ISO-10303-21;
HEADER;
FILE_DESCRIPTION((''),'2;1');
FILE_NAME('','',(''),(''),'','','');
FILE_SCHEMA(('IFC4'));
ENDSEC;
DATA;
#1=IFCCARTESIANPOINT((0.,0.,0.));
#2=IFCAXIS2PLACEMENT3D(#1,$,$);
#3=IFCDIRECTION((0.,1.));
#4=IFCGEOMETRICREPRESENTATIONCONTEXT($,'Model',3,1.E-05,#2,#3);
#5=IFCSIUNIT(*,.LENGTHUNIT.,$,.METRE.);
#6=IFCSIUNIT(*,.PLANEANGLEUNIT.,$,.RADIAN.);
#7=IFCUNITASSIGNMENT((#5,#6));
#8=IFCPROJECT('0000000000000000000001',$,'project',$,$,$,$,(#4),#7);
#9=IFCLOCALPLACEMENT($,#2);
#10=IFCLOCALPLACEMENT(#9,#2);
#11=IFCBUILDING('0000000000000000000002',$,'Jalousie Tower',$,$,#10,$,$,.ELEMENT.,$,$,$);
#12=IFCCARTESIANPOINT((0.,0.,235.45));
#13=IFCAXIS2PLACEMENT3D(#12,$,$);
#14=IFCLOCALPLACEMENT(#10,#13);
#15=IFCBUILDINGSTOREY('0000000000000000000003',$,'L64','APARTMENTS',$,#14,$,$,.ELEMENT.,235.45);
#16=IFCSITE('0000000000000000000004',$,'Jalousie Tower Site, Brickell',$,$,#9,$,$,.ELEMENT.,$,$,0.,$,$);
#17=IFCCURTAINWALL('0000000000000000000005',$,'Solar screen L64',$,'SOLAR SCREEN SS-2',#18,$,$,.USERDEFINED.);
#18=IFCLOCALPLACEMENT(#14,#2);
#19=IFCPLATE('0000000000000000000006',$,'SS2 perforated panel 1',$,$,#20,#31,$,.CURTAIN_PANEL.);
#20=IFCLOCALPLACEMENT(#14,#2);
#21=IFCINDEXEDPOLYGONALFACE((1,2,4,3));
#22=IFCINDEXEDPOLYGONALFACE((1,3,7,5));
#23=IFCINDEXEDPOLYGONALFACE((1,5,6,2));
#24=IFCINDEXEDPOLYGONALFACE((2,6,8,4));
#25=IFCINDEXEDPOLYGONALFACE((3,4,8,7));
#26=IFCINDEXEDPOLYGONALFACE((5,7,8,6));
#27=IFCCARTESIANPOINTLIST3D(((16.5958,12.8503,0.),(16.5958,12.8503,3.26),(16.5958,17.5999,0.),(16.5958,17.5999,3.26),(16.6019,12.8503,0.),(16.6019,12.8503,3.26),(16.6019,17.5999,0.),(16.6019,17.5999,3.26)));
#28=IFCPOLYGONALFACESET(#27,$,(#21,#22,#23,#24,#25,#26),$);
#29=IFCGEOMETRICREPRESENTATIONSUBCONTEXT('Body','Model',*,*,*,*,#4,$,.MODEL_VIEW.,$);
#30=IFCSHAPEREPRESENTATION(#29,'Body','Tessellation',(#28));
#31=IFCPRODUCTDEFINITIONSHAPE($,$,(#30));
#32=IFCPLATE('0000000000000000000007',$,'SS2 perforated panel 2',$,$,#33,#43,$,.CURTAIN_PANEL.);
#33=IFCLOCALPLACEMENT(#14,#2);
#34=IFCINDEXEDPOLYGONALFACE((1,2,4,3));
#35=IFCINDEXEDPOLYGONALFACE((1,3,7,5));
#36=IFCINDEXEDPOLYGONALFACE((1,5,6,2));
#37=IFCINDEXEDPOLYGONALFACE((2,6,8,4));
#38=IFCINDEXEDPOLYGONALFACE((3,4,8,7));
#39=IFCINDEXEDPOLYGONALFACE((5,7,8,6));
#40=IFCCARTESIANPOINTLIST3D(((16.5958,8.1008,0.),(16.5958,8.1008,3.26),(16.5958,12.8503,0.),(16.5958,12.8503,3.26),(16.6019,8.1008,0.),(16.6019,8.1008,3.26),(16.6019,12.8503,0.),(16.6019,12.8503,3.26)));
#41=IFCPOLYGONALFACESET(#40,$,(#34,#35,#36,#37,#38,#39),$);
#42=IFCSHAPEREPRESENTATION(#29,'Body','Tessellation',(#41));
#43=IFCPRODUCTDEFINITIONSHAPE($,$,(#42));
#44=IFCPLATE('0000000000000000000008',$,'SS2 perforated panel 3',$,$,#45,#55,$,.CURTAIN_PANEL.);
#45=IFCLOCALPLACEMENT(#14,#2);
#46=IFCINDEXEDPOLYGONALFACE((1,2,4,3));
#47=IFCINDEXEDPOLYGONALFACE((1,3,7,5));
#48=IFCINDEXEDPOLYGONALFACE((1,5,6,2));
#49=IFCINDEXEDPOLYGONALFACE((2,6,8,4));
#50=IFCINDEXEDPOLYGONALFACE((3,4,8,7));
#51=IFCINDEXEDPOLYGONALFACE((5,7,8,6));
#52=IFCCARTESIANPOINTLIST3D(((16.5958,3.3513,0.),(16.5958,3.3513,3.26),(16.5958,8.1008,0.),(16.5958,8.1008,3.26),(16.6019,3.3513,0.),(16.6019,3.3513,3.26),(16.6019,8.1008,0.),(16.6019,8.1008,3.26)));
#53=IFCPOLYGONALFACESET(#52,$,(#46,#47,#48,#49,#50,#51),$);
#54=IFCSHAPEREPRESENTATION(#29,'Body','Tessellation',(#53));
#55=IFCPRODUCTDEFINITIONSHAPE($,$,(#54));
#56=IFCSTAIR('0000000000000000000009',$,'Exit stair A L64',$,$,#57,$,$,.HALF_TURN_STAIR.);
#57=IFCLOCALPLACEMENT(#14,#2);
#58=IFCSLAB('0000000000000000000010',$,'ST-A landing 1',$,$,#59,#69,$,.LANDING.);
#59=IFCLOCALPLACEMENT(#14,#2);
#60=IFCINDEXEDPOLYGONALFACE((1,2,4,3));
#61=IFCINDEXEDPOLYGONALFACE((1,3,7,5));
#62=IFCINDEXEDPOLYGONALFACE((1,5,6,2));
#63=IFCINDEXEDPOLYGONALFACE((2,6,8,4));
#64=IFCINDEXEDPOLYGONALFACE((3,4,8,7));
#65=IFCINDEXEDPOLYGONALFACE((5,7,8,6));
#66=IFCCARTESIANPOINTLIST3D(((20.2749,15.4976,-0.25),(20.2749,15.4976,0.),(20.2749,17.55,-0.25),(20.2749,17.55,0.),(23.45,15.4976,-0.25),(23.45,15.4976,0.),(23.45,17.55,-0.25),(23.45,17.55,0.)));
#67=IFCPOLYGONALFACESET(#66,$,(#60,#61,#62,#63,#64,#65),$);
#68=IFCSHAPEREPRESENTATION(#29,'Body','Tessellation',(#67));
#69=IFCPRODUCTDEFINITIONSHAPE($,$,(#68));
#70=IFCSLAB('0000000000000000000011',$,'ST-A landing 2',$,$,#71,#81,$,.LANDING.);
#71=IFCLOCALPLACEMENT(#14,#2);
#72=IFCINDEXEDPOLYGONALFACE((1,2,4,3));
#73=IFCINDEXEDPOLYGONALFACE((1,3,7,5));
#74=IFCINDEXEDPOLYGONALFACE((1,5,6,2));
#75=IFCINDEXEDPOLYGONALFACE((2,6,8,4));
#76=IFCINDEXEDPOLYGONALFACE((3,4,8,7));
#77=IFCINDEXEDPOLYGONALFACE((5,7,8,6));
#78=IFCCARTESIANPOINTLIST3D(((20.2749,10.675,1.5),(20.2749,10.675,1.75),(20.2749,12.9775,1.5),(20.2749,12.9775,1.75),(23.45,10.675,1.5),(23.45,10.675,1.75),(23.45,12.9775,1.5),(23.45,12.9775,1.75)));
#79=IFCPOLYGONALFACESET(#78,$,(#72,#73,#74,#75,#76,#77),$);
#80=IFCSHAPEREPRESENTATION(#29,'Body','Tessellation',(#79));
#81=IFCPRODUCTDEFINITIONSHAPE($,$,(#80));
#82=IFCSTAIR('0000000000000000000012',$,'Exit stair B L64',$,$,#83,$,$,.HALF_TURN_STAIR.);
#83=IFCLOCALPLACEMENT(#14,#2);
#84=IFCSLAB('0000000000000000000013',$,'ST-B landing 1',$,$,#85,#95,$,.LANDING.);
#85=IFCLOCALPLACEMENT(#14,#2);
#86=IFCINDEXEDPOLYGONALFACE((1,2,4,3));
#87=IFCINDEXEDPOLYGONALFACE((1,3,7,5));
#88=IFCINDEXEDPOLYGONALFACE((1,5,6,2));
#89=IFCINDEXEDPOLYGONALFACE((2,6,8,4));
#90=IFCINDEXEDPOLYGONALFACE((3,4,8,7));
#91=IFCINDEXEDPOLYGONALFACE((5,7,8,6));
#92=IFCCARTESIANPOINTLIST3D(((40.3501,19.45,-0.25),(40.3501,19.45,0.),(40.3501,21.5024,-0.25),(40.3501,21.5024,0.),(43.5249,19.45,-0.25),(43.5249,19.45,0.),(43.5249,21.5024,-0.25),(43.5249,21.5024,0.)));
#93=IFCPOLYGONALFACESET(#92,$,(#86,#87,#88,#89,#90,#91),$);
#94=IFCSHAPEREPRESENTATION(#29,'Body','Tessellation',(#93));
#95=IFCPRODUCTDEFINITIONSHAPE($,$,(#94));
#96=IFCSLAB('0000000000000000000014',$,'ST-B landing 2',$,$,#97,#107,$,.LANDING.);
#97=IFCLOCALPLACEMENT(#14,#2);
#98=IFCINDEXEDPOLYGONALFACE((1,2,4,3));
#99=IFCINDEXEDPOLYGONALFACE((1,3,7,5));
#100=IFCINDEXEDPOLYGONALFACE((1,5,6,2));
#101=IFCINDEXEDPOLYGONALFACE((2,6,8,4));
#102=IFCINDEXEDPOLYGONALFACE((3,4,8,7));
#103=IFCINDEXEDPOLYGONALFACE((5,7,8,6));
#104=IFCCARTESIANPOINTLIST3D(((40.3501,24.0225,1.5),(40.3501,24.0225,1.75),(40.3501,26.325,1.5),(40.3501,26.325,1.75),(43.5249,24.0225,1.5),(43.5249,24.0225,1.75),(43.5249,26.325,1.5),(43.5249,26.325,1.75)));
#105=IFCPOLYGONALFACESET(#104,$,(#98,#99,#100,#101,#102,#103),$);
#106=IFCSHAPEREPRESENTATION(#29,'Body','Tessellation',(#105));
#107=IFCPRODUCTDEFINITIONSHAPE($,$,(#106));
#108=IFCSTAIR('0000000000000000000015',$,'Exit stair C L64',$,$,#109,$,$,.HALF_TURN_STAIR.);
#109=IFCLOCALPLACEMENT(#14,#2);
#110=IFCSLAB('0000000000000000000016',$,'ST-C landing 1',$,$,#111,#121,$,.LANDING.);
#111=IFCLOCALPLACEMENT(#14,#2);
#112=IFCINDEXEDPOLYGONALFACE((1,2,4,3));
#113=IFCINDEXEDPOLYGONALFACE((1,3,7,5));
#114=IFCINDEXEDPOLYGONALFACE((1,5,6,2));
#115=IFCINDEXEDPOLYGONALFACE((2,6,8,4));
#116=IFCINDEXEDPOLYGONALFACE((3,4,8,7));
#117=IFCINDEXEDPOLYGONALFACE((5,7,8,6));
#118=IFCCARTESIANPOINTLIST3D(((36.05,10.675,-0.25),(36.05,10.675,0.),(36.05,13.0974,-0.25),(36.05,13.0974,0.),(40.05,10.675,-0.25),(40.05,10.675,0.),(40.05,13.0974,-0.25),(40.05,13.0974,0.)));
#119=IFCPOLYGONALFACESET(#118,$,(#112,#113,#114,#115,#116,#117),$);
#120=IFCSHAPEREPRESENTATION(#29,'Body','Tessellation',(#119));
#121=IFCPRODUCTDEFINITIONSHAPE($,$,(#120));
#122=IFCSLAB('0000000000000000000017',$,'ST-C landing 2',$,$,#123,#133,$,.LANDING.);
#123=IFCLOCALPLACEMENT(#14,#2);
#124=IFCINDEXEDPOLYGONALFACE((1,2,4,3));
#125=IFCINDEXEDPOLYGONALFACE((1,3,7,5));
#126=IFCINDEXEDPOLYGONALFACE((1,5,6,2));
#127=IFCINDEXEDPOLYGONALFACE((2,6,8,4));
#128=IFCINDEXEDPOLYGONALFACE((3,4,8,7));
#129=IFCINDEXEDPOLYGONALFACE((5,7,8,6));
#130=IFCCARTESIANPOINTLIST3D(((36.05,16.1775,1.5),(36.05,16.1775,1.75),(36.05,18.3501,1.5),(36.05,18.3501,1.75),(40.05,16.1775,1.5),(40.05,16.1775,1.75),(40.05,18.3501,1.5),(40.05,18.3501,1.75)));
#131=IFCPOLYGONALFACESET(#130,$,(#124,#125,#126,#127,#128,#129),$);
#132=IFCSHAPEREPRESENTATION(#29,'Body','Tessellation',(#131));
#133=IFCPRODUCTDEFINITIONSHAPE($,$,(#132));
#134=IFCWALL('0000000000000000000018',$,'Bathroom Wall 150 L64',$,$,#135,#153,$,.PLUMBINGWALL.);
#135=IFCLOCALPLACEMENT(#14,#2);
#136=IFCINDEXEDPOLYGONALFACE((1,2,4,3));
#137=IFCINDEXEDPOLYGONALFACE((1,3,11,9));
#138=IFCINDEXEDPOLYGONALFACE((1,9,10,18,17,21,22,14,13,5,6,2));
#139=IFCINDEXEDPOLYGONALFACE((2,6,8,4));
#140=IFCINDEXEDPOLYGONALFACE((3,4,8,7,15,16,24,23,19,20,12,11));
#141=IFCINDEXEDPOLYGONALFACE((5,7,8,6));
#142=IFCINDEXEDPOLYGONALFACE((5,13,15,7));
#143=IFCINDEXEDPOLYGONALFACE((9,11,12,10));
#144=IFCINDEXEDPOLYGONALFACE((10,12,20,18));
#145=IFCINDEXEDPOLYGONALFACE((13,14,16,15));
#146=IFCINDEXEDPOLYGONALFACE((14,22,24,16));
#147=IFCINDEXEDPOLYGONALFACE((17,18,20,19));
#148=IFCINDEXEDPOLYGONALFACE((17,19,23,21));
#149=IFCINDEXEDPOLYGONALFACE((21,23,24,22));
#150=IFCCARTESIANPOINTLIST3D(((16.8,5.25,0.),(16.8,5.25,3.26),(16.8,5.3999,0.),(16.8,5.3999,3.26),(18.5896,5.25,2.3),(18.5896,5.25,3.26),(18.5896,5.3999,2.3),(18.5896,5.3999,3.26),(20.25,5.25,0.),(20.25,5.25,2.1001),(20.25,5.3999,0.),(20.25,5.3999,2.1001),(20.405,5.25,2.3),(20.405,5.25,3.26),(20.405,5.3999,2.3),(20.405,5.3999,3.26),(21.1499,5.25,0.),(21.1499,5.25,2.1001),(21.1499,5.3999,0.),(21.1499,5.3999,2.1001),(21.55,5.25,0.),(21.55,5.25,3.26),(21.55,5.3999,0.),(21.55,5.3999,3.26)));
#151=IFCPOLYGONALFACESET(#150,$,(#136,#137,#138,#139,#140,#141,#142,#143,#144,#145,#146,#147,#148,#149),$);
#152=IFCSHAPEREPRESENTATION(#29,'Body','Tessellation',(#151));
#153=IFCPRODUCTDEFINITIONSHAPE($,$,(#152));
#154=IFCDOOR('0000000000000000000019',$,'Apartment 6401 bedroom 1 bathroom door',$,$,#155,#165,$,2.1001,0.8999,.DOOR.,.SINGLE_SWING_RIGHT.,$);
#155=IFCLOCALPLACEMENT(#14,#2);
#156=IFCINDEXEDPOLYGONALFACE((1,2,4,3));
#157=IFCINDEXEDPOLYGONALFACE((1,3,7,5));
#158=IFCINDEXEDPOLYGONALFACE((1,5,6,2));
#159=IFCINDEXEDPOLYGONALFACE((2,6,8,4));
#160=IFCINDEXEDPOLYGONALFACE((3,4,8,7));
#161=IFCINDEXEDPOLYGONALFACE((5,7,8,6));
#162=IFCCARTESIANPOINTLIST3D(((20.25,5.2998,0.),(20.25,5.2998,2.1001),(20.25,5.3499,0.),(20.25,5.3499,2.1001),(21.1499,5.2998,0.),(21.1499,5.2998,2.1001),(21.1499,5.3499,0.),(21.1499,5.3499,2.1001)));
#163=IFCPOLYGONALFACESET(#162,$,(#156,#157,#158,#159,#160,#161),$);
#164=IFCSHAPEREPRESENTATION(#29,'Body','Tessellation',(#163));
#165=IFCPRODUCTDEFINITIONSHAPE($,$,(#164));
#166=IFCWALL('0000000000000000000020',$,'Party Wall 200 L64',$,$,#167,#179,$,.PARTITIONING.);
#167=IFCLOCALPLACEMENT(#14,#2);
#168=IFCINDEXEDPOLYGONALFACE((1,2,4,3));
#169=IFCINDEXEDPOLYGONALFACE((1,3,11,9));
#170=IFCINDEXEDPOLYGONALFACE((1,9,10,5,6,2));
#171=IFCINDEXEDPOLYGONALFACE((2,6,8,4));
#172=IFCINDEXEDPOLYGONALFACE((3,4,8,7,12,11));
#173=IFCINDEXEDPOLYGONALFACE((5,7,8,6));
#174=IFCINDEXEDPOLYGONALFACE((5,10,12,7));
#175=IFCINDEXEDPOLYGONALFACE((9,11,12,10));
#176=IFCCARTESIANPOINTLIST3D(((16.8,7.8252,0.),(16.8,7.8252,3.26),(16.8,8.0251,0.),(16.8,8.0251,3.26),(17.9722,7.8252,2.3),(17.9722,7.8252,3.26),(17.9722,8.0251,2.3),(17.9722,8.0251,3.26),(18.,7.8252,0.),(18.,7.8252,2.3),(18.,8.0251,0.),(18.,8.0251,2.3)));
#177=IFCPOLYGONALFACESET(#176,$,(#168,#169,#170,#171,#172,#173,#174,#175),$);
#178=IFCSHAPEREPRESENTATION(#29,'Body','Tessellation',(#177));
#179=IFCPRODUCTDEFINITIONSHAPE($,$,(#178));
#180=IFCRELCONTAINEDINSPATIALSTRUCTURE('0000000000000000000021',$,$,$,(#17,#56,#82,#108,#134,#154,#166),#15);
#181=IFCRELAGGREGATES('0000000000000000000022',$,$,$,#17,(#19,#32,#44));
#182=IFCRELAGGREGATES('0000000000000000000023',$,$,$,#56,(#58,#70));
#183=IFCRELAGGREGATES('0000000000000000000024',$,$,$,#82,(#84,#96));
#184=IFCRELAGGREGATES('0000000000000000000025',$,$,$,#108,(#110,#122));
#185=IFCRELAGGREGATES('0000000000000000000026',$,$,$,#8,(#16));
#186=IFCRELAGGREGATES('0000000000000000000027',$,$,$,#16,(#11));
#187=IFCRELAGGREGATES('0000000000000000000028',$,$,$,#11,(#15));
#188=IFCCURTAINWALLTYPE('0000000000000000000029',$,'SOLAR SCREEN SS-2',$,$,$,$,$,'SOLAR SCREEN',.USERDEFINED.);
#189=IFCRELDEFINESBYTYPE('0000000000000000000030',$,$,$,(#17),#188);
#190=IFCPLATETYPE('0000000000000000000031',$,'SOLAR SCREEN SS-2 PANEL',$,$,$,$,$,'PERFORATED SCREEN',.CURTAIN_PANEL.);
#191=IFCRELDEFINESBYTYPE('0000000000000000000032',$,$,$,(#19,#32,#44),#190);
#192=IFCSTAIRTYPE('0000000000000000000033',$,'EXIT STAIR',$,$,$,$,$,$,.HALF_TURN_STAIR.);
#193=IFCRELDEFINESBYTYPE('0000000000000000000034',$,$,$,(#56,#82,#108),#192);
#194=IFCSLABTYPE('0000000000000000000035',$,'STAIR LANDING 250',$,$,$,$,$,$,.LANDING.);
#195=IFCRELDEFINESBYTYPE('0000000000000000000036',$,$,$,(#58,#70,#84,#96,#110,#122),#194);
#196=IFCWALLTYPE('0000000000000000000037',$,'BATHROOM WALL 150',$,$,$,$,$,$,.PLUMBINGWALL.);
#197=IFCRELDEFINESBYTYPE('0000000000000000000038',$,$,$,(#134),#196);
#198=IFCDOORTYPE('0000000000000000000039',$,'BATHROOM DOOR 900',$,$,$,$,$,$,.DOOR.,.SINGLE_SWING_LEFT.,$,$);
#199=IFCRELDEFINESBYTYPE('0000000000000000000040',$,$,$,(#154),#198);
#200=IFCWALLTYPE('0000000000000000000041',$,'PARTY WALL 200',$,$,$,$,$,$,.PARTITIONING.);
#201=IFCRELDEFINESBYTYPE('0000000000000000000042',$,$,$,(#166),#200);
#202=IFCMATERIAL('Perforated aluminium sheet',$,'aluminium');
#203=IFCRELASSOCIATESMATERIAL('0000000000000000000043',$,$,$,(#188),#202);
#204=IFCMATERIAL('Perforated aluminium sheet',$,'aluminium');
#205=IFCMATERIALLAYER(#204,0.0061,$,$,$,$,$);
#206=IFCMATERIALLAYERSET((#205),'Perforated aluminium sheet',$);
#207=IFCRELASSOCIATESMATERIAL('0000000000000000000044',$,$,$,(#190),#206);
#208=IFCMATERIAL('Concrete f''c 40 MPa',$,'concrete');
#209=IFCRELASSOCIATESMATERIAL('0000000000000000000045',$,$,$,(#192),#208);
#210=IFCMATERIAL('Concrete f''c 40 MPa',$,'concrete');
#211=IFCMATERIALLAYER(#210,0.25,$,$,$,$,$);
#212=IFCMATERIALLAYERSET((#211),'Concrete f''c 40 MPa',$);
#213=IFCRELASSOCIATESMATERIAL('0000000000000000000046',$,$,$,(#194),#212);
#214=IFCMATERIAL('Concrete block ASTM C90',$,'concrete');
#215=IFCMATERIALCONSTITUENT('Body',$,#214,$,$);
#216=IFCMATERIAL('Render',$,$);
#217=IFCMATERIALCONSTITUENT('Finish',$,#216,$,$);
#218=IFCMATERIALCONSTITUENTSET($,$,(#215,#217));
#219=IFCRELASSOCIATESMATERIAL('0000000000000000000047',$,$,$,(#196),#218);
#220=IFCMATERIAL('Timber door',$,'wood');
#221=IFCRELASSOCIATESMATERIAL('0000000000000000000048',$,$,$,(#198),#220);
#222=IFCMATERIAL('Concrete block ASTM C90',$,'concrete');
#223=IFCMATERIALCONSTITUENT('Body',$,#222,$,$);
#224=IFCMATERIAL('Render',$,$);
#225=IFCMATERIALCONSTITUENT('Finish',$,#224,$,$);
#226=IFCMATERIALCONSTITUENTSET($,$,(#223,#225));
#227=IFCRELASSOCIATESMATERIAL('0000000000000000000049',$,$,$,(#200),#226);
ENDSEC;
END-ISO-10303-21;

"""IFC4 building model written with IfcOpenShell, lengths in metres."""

from ifc_helpers import new_model, si_unit, direction, frame, frame_2d, origin, origin_2d, place, context, subcontext, project, spatial, polyline, rectangle, outline, extrude, material, layer, layer_set, constituent, constituent_set, type_object, element, fill, aggregate, save


model = new_model("IFC4")

# Units and contexts
model_context = context("Model", 3, precision=1e-05, world=origin(), true_north=direction((0.0, 1.0)))
body_context = subcontext(model_context, "Body", "Model", "MODEL_VIEW")
ifc_project = project(units=[si_unit("LENGTHUNIT", "METRE"), si_unit("PLANEANGLEUNIT", "RADIAN")], contexts=[model_context])

# Site, building, storey
site_placement = place(None, origin())
site = spatial("IfcSite", under=ifc_project, at=site_placement, Name="Jalousie Tower Site, Brickell", CompositionType="ELEMENT", RefElevation=0.0)
building_placement = place(site_placement, origin())
building = spatial("IfcBuilding", under=site, at=building_placement, Name="Jalousie Tower", CompositionType="ELEMENT")
storey_placement = place(building_placement, frame((0.0, 0.0, 235.45)))
storey = spatial("IfcBuildingStorey", under=building, at=storey_placement, Name="L64", Description="APARTMENTS", CompositionType="ELEMENT", Elevation=235.45)

# Curtain wall
ifc_material_1 = material(Name="Perforated aluminium sheet", Category="aluminium")
curtain_wall_type_1 = type_object("IfcCurtainWallType", Name="SOLAR SCREEN SS-2", ElementType="SOLAR SCREEN", PredefinedType="USERDEFINED", material=ifc_material_1)
curtain_wall_1_placement = place(storey_placement, origin())
curtain_wall_1 = element("IfcCurtainWall", 1, at=curtain_wall_1_placement, inside=storey, type_object=curtain_wall_type_1, Name="Solar screen L64", ObjectType="SOLAR SCREEN SS-2", PredefinedType="USERDEFINED")

# Plates
ifc_material_2 = material(Name="Perforated aluminium sheet", Category="aluminium")
ifc_layer_1 = layer(ifc_material_2, 0.0061)
ifc_layer_set_1 = layer_set([ifc_layer_1], Name="Perforated aluminium sheet")
plate_type = type_object("IfcPlateType", Name="SOLAR SCREEN SS-2 PANEL", ElementType="PERFORATED SCREEN", PredefinedType="CURTAIN_PANEL", material=ifc_layer_set_1)
plate_1_placement = place(storey_placement, frame((16.5989, 15.2251, 0.0), z_axis=(0.0, 0.0, 1.0), x_axis=(0.0, -1.0, 0.0)))
plate_1 = element("IfcPlate", 2, at=plate_1_placement, type_object=plate_type, Name="SS2 perforated panel 1", PredefinedType="CURTAIN_PANEL", context=body_context, shape_type="SweptSolid", body=[
    extrude(rectangle(XDim=4.7495, YDim=0.0061, at=origin_2d()), origin(), (0.0, 0.0, 1.0), 3.26),
])
plate_2_placement = place(storey_placement, frame((16.5989, 10.4756, 0.0), z_axis=(0.0, 0.0, 1.0), x_axis=(0.0, -1.0, 0.0)))
plate_2 = element("IfcPlate", 3, at=plate_2_placement, type_object=plate_type, Name="SS2 perforated panel 2", PredefinedType="CURTAIN_PANEL", context=body_context, shape_type="SweptSolid", body=[
    extrude(rectangle(XDim=4.7495, YDim=0.0061, at=origin_2d()), origin(), (0.0, 0.0, 1.0), 3.26),
])
plate_3_placement = place(storey_placement, frame((16.5989, 5.7261, 0.0), z_axis=(0.0, 0.0, 1.0), x_axis=(0.0, -1.0, 0.0)))
plate_3 = element("IfcPlate", 4, at=plate_3_placement, type_object=plate_type, Name="SS2 perforated panel 3", PredefinedType="CURTAIN_PANEL", context=body_context, shape_type="SweptSolid", body=[
    extrude(rectangle(XDim=4.7495, YDim=0.0061, at=origin_2d()), origin(), (0.0, 0.0, 1.0), 3.26),
])
aggregate(curtain_wall_1, [plate_1, plate_2, plate_3])

# Stairs, slabs
ifc_material_3 = material(Name="Concrete f'c 40 MPa", Category="concrete")
stair_type = type_object("IfcStairType", Name="EXIT STAIR", PredefinedType="HALF_TURN_STAIR", material=ifc_material_3)
stair_1_placement = place(storey_placement, origin())
stair_1 = element("IfcStair", 5, at=stair_1_placement, inside=storey, type_object=stair_type, Name="Exit stair A L64", PredefinedType="HALF_TURN_STAIR")
ifc_material_4 = material(Name="Concrete f'c 40 MPa", Category="concrete")
ifc_layer_2 = layer(ifc_material_4, 0.25)
ifc_layer_set_2 = layer_set([ifc_layer_2], Name="Concrete f'c 40 MPa")
slab_type_1 = type_object("IfcSlabType", Name="STAIR LANDING 250", PredefinedType="LANDING", material=ifc_layer_set_2)
slab_1_placement = place(storey_placement, frame((0.0, 0.0, -0.25)))
slab_1 = element("IfcSlab", 6, at=slab_1_placement, type_object=slab_type_1, Name="ST-A landing 1", PredefinedType="LANDING", context=body_context, shape_type="SweptSolid", body=[
    extrude(outline(polyline([(20.2749, 15.4976), (23.45, 15.4976), (23.45, 17.55), (20.2749, 17.55), (20.2749, 15.4976)])), origin(), (0.0, 0.0, 1.0), 0.25),
])
slab_2_placement = place(storey_placement, frame((0.0, 0.0, 1.5)))
slab_2 = element("IfcSlab", 7, at=slab_2_placement, type_object=slab_type_1, Name="ST-A landing 2", PredefinedType="LANDING", context=body_context, shape_type="SweptSolid", body=[
    extrude(outline(polyline([(20.2749, 10.675), (23.45, 10.675), (23.45, 12.9775), (20.2749, 12.9775), (20.2749, 10.675)])), origin(), (0.0, 0.0, 1.0), 0.25),
])
aggregate(stair_1, [slab_1, slab_2])
stair_2_placement = place(storey_placement, origin())
stair_2 = element("IfcStair", 8, at=stair_2_placement, inside=storey, type_object=stair_type, Name="Exit stair B L64", PredefinedType="HALF_TURN_STAIR")
slab_3_placement = place(storey_placement, frame((0.0, 0.0, -0.25)))
slab_3 = element("IfcSlab", 9, at=slab_3_placement, type_object=slab_type_1, Name="ST-B landing 1", PredefinedType="LANDING", context=body_context, shape_type="SweptSolid", body=[
    extrude(outline(polyline([(40.3501, 19.45), (43.5249, 19.45), (43.5249, 21.5024), (40.3501, 21.5024), (40.3501, 19.45)])), origin(), (0.0, 0.0, 1.0), 0.25),
])
slab_4_placement = place(storey_placement, frame((0.0, 0.0, 1.5)))
slab_4 = element("IfcSlab", 10, at=slab_4_placement, type_object=slab_type_1, Name="ST-B landing 2", PredefinedType="LANDING", context=body_context, shape_type="SweptSolid", body=[
    extrude(outline(polyline([(40.3501, 24.0225), (43.5249, 24.0225), (43.5249, 26.325), (40.3501, 26.325), (40.3501, 24.0225)])), origin(), (0.0, 0.0, 1.0), 0.25),
])
aggregate(stair_2, [slab_3, slab_4])
stair_3_placement = place(storey_placement, origin())
stair_3 = element("IfcStair", 11, at=stair_3_placement, inside=storey, type_object=stair_type, Name="Exit stair C L64", PredefinedType="HALF_TURN_STAIR")
slab_5_placement = place(storey_placement, frame((0.0, 0.0, -0.25)))
slab_5 = element("IfcSlab", 12, at=slab_5_placement, type_object=slab_type_1, Name="ST-C landing 1", PredefinedType="LANDING", context=body_context, shape_type="SweptSolid", body=[
    extrude(outline(polyline([(36.05, 10.675), (40.05, 10.675), (40.05, 13.0974), (36.05, 13.0974), (36.05, 10.675)])), origin(), (0.0, 0.0, 1.0), 0.25),
])
slab_6_placement = place(storey_placement, frame((0.0, 0.0, 1.5)))
slab_6 = element("IfcSlab", 13, at=slab_6_placement, type_object=slab_type_1, Name="ST-C landing 2", PredefinedType="LANDING", context=body_context, shape_type="SweptSolid", body=[
    extrude(outline(polyline([(36.05, 16.1775), (40.05, 16.1775), (40.05, 18.3501), (36.05, 18.3501), (36.05, 16.1775)])), origin(), (0.0, 0.0, 1.0), 0.25),
])
aggregate(stair_3, [slab_5, slab_6])

# Wall, opening, door
ifc_material_5 = material(Name="Concrete block ASTM C90", Category="concrete")
ifc_constituent_1 = constituent(ifc_material_5, Name="Body")
ifc_material_6 = material(Name="Render")
ifc_constituent_2 = constituent(ifc_material_6, Name="Finish")
ifc_constituent_set_1 = constituent_set(constituents=[ifc_constituent_1, ifc_constituent_2])
wall_type_1 = type_object("IfcWallType", Name="BATHROOM WALL 150", PredefinedType="PLUMBINGWALL", material=ifc_constituent_set_1)
wall_1_placement = place(storey_placement, frame((16.8, 5.325, 0.0), z_axis=(0.0, 0.0, 1.0), x_axis=(1.0, 0.0, 0.0)))
wall_1 = element("IfcWall", 14, at=wall_1_placement, inside=storey, type_object=wall_type_1, Name="Bathroom Wall 150 L64", PredefinedType="PLUMBINGWALL", context=body_context, shape_type="SweptSolid", body=[
    extrude(outline(polyline([(0.0, 0.0), (4.75, 0.0), (4.75, 3.26), (3.605, 3.26), (3.605, 2.3), (1.7896, 2.3), (1.7896, 3.26), (0.0, 3.26), (0.0, 0.0)])), frame((0.0, 0.075, 0.0), z_axis=(0.0, -1.0, 0.0), x_axis=(1.0, 0.0, 0.0)), (0.0, 0.0, 1.0), 0.1499),
])
opening_placement = place(wall_1_placement, frame((3.45, 0.0, 0.0)))
opening = element("IfcOpeningElement", 15, at=opening_placement, cuts=wall_1, PredefinedType="OPENING", context=body_context, shape_type="SweptSolid", body=[
    extrude(rectangle(XDim=0.8999, YDim=2.1001, at=frame_2d((0.45, 1.05))), frame((0.0, 0.085, 0.0), z_axis=(0.0, -1.0, 0.0), x_axis=(1.0, 0.0, 0.0)), (0.0, 0.0, 1.0), 0.1699),
])
ifc_material_7 = material(Name="Timber door", Category="wood")
door_type = type_object("IfcDoorType", Name="BATHROOM DOOR 900", OperationType="SINGLE_SWING_LEFT", PredefinedType="DOOR", material=ifc_material_7)
door_placement = place(opening_placement, origin())
door = element("IfcDoor", 16, at=door_placement, inside=storey, type_object=door_type, Name="Apartment 6401 bedroom 1 bathroom door", OperationType="SINGLE_SWING_RIGHT", OverallHeight=2.1001, OverallWidth=0.8999, PredefinedType="DOOR", context=body_context, shape_type="SweptSolid", body=[
    extrude(rectangle(XDim=0.8999, YDim=2.1001, at=frame_2d((0.45, 1.05))), frame((0.0, 0.0249, 0.0), z_axis=(0.0, -1.0, 0.0), x_axis=(1.0, 0.0, 0.0)), (0.0, 0.0, 1.0), 0.05),
])
fill(opening, door)

# Wall
ifc_material_8 = material(Name="Concrete block ASTM C90", Category="concrete")
ifc_constituent_3 = constituent(ifc_material_8, Name="Body")
ifc_material_9 = material(Name="Render")
ifc_constituent_4 = constituent(ifc_material_9, Name="Finish")
ifc_constituent_set_2 = constituent_set(constituents=[ifc_constituent_3, ifc_constituent_4])
wall_type_2 = type_object("IfcWallType", Name="PARTY WALL 200", PredefinedType="PARTITIONING", material=ifc_constituent_set_2)
wall_2_placement = place(storey_placement, frame((16.8, 7.925, 0.0), z_axis=(0.0, 0.0, 1.0), x_axis=(1.0, 0.0, 0.0)))
element("IfcWall", 17, at=wall_2_placement, inside=storey, type_object=wall_type_2, Name="Party Wall 200 L64", PredefinedType="PARTITIONING", context=body_context, shape_type="SweptSolid", body=[
    extrude(outline(polyline([(0.0, 0.0), (1.2, 0.0), (1.2, 3.26), (1.2, 2.3), (1.1721, 2.3), (1.1721, 3.26), (0.0, 3.26), (0.0, 0.0)])), frame((0.0, 0.1001, 0.0), z_axis=(0.0, -1.0, 0.0), x_axis=(1.0, 0.0, 0.0)), (0.0, 0.0, 1.0), 0.2),
])

save(model, "model.ifc")
